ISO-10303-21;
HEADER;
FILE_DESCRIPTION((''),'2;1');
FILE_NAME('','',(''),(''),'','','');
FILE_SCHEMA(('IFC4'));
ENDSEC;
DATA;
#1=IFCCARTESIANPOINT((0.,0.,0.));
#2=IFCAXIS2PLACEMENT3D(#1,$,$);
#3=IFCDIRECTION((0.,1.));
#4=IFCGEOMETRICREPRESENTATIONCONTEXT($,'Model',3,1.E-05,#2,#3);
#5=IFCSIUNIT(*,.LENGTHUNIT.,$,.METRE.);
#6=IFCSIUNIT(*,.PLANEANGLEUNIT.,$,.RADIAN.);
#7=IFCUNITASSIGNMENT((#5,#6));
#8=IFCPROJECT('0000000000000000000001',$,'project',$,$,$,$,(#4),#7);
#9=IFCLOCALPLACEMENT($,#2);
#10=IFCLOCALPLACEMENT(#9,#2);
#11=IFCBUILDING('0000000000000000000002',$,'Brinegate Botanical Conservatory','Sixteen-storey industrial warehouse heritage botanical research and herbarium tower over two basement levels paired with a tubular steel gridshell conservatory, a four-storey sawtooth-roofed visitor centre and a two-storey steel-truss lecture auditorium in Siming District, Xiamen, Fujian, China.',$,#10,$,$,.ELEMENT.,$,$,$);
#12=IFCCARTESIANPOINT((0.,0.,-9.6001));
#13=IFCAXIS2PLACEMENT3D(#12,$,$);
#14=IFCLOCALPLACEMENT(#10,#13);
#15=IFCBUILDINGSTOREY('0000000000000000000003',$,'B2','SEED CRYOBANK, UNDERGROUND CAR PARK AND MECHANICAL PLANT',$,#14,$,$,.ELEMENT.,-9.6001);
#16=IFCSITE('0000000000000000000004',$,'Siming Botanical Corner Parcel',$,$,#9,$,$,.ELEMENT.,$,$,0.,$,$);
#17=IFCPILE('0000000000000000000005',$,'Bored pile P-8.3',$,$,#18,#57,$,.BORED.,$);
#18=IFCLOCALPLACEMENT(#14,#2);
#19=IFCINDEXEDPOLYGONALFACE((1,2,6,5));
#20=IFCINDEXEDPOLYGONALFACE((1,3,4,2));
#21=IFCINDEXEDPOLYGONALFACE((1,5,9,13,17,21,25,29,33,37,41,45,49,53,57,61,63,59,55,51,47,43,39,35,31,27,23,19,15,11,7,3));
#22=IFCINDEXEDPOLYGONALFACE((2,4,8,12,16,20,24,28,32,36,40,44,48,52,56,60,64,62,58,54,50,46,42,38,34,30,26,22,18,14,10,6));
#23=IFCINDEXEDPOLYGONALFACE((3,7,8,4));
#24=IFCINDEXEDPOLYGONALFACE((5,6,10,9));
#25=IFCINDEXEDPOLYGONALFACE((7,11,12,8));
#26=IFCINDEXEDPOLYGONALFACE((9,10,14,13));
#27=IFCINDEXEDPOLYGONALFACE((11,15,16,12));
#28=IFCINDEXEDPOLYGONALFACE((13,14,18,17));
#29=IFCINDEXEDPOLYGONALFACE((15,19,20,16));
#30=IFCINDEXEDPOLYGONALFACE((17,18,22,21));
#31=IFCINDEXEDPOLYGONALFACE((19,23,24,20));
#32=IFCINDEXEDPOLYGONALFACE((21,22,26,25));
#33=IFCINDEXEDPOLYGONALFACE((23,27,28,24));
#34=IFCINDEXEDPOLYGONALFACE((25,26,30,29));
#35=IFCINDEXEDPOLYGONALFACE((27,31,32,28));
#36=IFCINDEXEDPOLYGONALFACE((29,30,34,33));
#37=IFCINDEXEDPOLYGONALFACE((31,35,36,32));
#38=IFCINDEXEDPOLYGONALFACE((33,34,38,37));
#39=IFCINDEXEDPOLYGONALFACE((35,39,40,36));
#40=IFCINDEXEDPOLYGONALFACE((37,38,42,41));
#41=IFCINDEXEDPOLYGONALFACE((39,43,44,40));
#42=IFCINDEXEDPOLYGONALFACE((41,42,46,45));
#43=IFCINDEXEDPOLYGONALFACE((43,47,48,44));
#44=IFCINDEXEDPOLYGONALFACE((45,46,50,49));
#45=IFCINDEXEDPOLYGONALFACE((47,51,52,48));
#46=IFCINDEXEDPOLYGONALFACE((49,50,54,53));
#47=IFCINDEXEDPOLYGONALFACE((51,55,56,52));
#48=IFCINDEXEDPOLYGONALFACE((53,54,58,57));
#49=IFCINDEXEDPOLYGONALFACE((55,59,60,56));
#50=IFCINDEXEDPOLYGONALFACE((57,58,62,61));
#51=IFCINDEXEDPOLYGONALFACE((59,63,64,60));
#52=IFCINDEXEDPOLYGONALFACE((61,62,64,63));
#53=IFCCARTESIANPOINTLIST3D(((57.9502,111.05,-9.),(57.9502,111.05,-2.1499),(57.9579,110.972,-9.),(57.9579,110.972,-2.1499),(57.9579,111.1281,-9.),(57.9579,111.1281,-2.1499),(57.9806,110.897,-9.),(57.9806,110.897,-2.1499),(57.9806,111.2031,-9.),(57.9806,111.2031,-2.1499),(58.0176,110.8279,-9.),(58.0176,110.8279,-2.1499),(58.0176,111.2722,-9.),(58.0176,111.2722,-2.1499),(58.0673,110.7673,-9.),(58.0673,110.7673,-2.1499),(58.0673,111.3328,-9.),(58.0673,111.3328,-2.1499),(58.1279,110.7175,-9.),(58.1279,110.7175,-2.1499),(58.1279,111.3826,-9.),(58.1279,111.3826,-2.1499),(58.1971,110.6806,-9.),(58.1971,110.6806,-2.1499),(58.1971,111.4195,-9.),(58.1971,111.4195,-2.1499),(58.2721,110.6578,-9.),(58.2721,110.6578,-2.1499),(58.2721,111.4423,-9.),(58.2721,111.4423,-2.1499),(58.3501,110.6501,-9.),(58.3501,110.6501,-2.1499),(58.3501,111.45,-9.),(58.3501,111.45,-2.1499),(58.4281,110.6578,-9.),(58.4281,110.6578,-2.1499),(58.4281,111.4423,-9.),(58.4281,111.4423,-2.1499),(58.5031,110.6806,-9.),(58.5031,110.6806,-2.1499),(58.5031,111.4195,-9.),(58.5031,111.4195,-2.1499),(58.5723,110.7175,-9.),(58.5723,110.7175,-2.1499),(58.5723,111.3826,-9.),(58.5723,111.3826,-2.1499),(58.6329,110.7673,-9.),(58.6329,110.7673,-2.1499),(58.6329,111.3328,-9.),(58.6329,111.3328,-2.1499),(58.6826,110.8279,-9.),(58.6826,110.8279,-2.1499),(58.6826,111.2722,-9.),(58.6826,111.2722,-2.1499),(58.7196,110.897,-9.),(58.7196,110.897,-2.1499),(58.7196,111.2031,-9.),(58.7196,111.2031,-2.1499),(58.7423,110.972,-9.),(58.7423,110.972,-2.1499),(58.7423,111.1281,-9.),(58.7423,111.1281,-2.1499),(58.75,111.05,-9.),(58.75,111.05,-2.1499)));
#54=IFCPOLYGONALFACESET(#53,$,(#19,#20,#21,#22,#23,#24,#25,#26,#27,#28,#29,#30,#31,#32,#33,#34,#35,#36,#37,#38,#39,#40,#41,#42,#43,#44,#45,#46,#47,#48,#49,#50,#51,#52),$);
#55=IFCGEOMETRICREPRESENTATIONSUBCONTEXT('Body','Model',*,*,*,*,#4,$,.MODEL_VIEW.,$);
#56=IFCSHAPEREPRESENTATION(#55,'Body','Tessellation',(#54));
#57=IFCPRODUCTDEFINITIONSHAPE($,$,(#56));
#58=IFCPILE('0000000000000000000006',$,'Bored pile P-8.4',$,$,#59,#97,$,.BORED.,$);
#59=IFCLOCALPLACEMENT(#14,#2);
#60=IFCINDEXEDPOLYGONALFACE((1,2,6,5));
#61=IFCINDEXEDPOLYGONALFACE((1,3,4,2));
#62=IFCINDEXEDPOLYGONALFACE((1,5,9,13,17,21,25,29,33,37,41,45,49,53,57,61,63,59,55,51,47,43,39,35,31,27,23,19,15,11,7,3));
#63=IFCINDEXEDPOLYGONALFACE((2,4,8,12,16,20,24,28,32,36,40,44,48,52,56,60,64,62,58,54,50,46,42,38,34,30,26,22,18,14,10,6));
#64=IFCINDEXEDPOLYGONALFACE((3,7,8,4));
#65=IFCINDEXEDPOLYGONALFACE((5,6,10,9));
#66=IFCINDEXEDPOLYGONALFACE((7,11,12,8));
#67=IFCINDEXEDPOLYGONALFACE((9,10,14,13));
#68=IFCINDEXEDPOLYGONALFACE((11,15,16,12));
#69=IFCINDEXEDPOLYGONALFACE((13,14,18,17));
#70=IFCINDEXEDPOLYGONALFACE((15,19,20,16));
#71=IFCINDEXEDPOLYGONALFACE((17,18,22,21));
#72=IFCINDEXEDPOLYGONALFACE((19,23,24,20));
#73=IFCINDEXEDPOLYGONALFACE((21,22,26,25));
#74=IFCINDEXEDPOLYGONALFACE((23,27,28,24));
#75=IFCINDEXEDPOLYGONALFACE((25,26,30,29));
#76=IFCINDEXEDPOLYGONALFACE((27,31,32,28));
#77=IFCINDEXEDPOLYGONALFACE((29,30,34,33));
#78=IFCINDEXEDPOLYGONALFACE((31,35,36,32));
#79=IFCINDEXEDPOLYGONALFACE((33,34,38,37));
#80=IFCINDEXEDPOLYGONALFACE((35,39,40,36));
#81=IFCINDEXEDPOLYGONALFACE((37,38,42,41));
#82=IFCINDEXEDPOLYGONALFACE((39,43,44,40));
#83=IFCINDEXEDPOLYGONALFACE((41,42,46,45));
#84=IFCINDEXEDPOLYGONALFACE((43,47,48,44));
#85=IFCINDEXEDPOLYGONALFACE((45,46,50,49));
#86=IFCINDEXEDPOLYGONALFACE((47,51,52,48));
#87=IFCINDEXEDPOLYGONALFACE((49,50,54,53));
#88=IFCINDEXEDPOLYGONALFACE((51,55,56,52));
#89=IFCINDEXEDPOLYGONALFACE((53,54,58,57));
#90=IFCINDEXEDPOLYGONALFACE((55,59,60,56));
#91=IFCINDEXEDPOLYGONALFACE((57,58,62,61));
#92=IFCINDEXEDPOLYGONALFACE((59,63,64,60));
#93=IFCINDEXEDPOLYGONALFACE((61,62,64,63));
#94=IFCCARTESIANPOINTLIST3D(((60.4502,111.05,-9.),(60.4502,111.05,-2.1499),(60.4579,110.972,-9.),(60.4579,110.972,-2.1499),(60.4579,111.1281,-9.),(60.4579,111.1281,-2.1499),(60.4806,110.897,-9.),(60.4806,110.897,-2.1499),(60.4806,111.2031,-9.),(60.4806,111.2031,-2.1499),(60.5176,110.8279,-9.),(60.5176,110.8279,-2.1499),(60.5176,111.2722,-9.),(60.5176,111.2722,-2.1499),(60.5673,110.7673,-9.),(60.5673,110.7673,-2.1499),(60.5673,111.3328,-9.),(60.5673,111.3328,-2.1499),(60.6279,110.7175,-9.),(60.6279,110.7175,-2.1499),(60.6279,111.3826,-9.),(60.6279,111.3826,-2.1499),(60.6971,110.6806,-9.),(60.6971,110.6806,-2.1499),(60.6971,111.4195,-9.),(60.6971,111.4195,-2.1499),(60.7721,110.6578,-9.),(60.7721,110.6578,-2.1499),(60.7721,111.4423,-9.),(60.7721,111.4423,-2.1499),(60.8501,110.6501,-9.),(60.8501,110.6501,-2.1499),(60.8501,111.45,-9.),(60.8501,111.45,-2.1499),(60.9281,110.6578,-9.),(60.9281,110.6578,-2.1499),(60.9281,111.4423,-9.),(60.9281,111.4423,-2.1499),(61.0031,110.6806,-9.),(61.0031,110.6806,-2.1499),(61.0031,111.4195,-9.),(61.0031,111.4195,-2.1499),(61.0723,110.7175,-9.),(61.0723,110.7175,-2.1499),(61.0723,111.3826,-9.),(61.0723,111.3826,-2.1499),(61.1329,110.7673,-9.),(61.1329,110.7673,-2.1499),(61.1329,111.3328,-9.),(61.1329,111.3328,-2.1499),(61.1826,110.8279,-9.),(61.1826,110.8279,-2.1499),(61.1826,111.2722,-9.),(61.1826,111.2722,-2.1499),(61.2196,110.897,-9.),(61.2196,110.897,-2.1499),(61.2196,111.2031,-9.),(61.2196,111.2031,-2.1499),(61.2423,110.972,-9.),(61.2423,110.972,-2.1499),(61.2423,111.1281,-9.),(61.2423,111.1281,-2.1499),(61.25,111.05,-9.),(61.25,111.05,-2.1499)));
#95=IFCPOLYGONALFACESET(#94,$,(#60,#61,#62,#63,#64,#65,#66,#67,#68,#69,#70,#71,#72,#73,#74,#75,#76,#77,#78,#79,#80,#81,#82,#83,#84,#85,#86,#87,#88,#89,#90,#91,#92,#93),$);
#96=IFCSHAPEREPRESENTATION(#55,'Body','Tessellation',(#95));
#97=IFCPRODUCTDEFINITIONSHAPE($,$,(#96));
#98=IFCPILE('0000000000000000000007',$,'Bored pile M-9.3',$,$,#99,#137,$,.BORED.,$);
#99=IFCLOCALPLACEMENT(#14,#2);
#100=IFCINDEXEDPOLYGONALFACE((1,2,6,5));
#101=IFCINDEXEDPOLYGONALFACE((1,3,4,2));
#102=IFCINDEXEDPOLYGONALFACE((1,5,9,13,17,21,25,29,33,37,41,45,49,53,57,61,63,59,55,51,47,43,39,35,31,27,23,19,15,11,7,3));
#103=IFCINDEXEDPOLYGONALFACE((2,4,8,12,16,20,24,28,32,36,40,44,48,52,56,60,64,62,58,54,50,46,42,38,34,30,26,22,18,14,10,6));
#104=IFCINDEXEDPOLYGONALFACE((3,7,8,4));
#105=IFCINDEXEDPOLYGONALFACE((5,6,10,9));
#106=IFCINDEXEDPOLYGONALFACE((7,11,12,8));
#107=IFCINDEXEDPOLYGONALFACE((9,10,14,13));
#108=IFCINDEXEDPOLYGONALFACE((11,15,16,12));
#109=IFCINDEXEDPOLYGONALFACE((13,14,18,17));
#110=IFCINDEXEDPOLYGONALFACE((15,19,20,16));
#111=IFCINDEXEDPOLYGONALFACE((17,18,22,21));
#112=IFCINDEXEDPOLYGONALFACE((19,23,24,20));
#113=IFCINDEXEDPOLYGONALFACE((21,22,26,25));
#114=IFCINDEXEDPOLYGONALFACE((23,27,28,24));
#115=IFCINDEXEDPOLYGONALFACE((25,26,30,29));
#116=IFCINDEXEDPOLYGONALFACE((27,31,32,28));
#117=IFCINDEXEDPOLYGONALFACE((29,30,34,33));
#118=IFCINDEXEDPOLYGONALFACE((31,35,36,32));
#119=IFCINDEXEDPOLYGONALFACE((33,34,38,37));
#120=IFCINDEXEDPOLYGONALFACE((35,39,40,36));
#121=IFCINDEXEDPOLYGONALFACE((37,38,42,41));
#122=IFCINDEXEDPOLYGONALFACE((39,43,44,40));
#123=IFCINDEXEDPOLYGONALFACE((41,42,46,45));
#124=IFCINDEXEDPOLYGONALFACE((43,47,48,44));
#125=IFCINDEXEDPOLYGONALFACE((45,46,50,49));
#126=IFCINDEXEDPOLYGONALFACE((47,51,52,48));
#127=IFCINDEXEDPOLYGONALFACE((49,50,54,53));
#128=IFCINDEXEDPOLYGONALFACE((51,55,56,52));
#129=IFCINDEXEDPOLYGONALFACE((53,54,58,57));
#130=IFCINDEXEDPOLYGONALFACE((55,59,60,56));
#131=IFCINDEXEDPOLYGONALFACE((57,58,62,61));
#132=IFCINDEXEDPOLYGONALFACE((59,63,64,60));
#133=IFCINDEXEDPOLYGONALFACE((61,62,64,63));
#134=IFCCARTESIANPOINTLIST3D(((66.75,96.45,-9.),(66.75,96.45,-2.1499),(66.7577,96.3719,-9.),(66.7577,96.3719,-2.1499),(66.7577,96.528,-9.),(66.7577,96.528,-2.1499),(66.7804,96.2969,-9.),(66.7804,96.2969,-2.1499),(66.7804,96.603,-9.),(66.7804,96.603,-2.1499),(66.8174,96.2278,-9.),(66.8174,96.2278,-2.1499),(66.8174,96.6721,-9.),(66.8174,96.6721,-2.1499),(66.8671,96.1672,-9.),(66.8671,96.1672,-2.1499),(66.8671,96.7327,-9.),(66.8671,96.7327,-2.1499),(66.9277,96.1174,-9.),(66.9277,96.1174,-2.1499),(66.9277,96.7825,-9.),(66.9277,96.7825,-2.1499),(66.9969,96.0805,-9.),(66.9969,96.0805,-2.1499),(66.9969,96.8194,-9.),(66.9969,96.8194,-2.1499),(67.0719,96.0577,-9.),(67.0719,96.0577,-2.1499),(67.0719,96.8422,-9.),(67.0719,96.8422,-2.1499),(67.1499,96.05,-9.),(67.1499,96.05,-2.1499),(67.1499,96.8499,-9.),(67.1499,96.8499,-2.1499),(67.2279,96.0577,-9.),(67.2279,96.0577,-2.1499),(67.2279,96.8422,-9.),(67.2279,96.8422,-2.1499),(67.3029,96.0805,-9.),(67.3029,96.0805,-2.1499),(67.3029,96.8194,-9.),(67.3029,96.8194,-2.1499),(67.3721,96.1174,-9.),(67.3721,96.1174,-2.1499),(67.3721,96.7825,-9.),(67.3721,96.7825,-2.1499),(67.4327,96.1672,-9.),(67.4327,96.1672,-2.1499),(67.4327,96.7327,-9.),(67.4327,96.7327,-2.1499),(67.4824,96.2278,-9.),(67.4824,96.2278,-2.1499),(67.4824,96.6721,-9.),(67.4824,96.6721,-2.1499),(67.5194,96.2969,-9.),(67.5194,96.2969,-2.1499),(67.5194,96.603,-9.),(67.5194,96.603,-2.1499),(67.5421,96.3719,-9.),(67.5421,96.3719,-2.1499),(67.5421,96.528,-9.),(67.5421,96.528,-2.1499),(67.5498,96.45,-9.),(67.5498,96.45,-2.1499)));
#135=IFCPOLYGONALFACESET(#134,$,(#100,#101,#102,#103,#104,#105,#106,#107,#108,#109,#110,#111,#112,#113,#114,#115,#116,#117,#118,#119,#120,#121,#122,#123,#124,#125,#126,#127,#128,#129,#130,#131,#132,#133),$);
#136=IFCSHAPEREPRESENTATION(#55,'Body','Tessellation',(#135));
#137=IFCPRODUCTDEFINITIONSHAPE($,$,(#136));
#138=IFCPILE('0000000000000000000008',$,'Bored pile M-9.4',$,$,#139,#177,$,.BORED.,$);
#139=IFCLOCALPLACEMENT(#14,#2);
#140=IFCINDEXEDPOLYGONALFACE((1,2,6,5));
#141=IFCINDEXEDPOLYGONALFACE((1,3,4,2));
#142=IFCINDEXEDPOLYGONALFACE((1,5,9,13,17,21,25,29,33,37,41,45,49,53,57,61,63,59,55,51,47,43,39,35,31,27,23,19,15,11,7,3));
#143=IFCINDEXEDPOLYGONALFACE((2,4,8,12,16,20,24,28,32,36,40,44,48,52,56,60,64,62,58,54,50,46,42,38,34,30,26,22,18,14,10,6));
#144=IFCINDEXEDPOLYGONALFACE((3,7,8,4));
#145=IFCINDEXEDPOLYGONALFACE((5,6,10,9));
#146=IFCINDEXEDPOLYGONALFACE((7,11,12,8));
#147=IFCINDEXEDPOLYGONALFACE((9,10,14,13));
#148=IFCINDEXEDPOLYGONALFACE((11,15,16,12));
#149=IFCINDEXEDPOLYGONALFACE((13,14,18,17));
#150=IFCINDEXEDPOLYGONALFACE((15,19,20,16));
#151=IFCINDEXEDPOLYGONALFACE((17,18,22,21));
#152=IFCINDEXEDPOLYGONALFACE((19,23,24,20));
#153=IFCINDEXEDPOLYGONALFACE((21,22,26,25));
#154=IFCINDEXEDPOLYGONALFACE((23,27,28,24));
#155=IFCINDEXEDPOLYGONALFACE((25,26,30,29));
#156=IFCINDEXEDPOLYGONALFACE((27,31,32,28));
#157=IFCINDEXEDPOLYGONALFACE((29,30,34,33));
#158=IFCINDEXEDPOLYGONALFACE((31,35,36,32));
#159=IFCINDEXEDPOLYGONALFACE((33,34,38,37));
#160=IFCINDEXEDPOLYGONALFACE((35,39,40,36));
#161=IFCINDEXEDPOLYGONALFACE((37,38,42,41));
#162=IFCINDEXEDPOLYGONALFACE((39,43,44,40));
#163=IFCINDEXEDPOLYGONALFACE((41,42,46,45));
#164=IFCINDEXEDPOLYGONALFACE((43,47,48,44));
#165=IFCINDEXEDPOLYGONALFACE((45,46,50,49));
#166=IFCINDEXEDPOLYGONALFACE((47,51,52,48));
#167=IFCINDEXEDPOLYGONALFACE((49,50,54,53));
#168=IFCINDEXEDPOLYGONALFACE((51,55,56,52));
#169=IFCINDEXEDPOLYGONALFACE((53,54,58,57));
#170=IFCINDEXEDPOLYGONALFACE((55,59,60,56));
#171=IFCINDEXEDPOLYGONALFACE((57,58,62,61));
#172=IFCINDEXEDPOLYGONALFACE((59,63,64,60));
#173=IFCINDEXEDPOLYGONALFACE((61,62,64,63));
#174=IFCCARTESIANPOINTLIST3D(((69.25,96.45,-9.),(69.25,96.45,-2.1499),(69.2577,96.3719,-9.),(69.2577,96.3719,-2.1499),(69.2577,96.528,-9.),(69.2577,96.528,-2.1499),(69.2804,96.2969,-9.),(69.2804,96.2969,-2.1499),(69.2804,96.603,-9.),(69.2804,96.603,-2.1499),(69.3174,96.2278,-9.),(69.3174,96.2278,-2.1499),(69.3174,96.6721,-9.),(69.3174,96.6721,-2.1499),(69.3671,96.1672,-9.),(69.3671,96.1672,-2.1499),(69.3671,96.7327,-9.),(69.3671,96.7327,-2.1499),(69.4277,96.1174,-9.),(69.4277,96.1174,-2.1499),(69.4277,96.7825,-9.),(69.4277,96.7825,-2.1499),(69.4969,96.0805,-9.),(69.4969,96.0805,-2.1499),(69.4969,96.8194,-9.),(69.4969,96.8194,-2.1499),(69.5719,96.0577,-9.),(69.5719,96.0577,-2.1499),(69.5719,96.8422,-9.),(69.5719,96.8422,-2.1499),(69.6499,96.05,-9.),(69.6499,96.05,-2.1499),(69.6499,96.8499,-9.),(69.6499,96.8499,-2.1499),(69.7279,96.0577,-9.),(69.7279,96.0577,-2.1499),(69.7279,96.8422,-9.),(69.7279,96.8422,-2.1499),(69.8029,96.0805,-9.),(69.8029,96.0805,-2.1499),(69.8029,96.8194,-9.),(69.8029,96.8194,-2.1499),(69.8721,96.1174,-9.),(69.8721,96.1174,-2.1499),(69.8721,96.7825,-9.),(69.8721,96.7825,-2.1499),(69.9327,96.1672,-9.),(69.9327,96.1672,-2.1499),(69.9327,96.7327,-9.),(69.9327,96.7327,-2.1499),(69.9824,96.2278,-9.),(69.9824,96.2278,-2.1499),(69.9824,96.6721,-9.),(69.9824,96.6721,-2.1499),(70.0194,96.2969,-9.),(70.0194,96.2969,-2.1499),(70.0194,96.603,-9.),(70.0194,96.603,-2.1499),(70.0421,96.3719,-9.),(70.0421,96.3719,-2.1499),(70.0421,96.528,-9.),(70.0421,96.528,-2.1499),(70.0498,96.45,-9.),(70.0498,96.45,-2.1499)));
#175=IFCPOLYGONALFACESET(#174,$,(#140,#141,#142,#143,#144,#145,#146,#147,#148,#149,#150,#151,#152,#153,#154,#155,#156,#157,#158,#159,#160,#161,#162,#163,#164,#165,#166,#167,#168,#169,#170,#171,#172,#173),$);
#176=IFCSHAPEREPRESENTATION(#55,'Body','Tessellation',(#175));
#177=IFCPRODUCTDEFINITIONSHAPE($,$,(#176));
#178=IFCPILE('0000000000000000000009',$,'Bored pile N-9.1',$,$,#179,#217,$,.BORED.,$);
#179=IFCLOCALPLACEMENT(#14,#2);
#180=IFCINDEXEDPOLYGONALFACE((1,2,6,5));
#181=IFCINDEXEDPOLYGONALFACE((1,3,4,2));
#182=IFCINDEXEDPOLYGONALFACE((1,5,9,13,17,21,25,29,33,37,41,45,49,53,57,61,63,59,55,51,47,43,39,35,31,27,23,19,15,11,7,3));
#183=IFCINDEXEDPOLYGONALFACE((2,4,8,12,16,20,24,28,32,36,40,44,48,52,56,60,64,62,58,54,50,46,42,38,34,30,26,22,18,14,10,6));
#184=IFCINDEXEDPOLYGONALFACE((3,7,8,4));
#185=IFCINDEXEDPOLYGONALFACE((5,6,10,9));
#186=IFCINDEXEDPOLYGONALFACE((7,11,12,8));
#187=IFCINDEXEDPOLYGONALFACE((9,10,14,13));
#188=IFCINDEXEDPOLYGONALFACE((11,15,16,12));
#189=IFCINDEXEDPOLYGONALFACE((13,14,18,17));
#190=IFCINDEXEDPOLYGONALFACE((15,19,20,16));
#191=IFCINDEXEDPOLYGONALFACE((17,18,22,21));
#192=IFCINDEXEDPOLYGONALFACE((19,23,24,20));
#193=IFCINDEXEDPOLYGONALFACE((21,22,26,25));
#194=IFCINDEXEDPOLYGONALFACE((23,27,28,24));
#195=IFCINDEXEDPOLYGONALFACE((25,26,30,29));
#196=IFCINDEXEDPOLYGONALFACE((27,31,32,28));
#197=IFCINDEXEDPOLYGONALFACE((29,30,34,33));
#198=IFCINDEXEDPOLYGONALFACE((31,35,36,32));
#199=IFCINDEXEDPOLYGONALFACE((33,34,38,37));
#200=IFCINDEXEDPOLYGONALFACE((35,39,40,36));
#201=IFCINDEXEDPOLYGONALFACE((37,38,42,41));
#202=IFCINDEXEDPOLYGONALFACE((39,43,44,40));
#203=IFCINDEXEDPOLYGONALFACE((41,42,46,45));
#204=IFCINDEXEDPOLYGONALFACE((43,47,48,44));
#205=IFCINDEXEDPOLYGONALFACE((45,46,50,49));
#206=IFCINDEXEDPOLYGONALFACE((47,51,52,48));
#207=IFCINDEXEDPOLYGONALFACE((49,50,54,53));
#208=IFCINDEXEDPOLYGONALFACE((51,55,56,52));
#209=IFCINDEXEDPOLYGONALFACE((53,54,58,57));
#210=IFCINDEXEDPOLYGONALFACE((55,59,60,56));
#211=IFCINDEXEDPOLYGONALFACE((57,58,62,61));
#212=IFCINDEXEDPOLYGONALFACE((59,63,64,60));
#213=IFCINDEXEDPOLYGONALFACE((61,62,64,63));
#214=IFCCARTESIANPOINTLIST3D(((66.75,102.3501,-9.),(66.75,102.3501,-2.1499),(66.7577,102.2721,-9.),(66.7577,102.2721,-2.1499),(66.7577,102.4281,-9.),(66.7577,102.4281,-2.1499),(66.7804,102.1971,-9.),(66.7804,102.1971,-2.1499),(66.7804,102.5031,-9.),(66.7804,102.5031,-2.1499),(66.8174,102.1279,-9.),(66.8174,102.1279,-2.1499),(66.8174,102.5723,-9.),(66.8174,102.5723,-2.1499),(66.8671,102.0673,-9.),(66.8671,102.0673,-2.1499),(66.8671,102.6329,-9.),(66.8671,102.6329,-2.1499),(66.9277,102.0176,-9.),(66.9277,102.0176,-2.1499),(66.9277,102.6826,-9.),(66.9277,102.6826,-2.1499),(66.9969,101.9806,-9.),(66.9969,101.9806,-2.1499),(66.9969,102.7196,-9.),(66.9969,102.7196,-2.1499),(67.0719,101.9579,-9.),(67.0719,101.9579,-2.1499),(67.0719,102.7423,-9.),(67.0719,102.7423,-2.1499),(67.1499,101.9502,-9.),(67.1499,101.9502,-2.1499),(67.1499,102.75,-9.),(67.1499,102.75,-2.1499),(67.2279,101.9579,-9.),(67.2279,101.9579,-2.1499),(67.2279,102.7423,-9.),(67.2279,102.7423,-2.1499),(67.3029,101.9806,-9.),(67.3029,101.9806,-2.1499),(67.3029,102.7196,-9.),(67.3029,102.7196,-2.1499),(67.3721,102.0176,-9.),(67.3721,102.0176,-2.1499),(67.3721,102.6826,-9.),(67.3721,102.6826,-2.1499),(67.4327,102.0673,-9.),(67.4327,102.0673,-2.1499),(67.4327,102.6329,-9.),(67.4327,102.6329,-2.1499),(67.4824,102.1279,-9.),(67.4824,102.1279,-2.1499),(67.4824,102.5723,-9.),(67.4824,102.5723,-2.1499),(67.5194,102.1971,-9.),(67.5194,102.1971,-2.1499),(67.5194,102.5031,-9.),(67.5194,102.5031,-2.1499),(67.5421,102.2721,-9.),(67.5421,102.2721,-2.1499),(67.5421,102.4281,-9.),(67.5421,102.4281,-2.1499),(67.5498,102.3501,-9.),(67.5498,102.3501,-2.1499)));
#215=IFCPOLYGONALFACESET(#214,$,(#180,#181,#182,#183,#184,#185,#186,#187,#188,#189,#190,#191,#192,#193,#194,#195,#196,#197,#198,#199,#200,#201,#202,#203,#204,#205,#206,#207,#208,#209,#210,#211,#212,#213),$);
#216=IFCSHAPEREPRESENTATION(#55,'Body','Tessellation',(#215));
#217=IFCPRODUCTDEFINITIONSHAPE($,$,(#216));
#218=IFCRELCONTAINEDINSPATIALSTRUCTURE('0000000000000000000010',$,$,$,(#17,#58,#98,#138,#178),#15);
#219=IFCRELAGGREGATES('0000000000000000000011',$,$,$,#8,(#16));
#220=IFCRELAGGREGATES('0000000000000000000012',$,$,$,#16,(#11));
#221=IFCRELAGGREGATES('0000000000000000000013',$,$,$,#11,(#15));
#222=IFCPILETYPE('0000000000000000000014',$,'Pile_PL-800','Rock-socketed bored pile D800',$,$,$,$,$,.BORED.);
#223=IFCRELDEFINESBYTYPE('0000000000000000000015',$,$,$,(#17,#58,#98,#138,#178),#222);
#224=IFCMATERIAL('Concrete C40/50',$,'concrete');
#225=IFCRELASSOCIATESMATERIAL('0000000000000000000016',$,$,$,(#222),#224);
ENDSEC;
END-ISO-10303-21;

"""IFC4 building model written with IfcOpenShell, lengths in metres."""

from ifc_helpers import new_model, si_unit, direction, frame, origin, origin_2d, place, context, subcontext, project, spatial, circle, extrude, material, material_profile, profile_set, type_object, element, save


model = new_model("IFC4")

# Units and contexts
model_context = context("Model", 3, precision=1e-05, world=origin(), true_north=direction((0.0, 1.0)))
body_context = subcontext(model_context, "Body", "Model", "MODEL_VIEW")
ifc_project = project(units=[si_unit("LENGTHUNIT", "METRE"), si_unit("PLANEANGLEUNIT", "RADIAN")], contexts=[model_context])

# Site, building, storey
site_placement = place(None, origin())
site = spatial("IfcSite", under=ifc_project, at=site_placement, Name="Siming Botanical Corner Parcel", CompositionType="ELEMENT", RefElevation=0.0)
building_placement = place(site_placement, origin())
building = spatial("IfcBuilding", under=site, at=building_placement, Name="Brinegate Botanical Conservatory", Description="Sixteen-storey industrial warehouse heritage botanical research and herbarium tower over two basement levels paired with a tubular steel gridshell conservatory, a four-storey sawtooth-roofed visitor centre and a two-storey steel-truss lecture auditorium in Siming District, Xiamen, Fujian, China.", CompositionType="ELEMENT")
storey_placement = place(building_placement, frame((0.0, 0.0, -9.6001)))
storey = spatial("IfcBuildingStorey", under=building, at=storey_placement, Name="B2", Description="SEED CRYOBANK, UNDERGROUND CAR PARK AND MECHANICAL PLANT", CompositionType="ELEMENT", Elevation=-9.6001)

# Shared definitions
ifc_material = material(Name="Concrete C40/50", Category="concrete")

# Piles
ifc_material_profile_1 = material_profile(ifc_material, circle(Radius=0.3999, at=origin_2d()), Name="PILE D800")
ifc_profile_set_1 = profile_set([ifc_material_profile_1], Name="Concrete C40/50")
pile_type = type_object("IfcPileType", Name="Pile_PL-800", Description="Rock-socketed bored pile D800", PredefinedType="BORED", material=ifc_profile_set_1)
for number, where, z_axis, x_axis, name in (
    (1, (58.3501, 111.05, -2.1499), (0.0, 0.0, -1.0), (1.0, 0.0, 0.0), "Bored pile P-8.3"),
    (2, (60.8501, 111.05, -2.1499), (0.0, 0.0, -1.0), (1.0, 0.0, 0.0), "Bored pile P-8.4"),
    (3, (67.1499, 96.45, -2.1499), (0.0, 0.0, -1.0), (1.0, 0.0, 0.0), "Bored pile M-9.3"),
    (4, (69.6499, 96.45, -2.1499), (0.0, 0.0, -1.0), (1.0, 0.0, 0.0), "Bored pile M-9.4"),
    (5, (67.1499, 102.3501, -2.1499), (0.0, 0.0, -1.0), (1.0, 0.0, 0.0), "Bored pile N-9.1"),
):
    element("IfcPile", number, at=place(storey_placement, frame(where, z_axis=z_axis, x_axis=x_axis)), inside=storey, type_object=pile_type, Name=name, PredefinedType="BORED", context=body_context, shape_type="SweptSolid", body=[
        extrude(circle(Radius=0.3999, at=origin_2d()), origin(), (0.0, 0.0, 1.0), 6.8501),
    ])

save(model, "model.ifc")
